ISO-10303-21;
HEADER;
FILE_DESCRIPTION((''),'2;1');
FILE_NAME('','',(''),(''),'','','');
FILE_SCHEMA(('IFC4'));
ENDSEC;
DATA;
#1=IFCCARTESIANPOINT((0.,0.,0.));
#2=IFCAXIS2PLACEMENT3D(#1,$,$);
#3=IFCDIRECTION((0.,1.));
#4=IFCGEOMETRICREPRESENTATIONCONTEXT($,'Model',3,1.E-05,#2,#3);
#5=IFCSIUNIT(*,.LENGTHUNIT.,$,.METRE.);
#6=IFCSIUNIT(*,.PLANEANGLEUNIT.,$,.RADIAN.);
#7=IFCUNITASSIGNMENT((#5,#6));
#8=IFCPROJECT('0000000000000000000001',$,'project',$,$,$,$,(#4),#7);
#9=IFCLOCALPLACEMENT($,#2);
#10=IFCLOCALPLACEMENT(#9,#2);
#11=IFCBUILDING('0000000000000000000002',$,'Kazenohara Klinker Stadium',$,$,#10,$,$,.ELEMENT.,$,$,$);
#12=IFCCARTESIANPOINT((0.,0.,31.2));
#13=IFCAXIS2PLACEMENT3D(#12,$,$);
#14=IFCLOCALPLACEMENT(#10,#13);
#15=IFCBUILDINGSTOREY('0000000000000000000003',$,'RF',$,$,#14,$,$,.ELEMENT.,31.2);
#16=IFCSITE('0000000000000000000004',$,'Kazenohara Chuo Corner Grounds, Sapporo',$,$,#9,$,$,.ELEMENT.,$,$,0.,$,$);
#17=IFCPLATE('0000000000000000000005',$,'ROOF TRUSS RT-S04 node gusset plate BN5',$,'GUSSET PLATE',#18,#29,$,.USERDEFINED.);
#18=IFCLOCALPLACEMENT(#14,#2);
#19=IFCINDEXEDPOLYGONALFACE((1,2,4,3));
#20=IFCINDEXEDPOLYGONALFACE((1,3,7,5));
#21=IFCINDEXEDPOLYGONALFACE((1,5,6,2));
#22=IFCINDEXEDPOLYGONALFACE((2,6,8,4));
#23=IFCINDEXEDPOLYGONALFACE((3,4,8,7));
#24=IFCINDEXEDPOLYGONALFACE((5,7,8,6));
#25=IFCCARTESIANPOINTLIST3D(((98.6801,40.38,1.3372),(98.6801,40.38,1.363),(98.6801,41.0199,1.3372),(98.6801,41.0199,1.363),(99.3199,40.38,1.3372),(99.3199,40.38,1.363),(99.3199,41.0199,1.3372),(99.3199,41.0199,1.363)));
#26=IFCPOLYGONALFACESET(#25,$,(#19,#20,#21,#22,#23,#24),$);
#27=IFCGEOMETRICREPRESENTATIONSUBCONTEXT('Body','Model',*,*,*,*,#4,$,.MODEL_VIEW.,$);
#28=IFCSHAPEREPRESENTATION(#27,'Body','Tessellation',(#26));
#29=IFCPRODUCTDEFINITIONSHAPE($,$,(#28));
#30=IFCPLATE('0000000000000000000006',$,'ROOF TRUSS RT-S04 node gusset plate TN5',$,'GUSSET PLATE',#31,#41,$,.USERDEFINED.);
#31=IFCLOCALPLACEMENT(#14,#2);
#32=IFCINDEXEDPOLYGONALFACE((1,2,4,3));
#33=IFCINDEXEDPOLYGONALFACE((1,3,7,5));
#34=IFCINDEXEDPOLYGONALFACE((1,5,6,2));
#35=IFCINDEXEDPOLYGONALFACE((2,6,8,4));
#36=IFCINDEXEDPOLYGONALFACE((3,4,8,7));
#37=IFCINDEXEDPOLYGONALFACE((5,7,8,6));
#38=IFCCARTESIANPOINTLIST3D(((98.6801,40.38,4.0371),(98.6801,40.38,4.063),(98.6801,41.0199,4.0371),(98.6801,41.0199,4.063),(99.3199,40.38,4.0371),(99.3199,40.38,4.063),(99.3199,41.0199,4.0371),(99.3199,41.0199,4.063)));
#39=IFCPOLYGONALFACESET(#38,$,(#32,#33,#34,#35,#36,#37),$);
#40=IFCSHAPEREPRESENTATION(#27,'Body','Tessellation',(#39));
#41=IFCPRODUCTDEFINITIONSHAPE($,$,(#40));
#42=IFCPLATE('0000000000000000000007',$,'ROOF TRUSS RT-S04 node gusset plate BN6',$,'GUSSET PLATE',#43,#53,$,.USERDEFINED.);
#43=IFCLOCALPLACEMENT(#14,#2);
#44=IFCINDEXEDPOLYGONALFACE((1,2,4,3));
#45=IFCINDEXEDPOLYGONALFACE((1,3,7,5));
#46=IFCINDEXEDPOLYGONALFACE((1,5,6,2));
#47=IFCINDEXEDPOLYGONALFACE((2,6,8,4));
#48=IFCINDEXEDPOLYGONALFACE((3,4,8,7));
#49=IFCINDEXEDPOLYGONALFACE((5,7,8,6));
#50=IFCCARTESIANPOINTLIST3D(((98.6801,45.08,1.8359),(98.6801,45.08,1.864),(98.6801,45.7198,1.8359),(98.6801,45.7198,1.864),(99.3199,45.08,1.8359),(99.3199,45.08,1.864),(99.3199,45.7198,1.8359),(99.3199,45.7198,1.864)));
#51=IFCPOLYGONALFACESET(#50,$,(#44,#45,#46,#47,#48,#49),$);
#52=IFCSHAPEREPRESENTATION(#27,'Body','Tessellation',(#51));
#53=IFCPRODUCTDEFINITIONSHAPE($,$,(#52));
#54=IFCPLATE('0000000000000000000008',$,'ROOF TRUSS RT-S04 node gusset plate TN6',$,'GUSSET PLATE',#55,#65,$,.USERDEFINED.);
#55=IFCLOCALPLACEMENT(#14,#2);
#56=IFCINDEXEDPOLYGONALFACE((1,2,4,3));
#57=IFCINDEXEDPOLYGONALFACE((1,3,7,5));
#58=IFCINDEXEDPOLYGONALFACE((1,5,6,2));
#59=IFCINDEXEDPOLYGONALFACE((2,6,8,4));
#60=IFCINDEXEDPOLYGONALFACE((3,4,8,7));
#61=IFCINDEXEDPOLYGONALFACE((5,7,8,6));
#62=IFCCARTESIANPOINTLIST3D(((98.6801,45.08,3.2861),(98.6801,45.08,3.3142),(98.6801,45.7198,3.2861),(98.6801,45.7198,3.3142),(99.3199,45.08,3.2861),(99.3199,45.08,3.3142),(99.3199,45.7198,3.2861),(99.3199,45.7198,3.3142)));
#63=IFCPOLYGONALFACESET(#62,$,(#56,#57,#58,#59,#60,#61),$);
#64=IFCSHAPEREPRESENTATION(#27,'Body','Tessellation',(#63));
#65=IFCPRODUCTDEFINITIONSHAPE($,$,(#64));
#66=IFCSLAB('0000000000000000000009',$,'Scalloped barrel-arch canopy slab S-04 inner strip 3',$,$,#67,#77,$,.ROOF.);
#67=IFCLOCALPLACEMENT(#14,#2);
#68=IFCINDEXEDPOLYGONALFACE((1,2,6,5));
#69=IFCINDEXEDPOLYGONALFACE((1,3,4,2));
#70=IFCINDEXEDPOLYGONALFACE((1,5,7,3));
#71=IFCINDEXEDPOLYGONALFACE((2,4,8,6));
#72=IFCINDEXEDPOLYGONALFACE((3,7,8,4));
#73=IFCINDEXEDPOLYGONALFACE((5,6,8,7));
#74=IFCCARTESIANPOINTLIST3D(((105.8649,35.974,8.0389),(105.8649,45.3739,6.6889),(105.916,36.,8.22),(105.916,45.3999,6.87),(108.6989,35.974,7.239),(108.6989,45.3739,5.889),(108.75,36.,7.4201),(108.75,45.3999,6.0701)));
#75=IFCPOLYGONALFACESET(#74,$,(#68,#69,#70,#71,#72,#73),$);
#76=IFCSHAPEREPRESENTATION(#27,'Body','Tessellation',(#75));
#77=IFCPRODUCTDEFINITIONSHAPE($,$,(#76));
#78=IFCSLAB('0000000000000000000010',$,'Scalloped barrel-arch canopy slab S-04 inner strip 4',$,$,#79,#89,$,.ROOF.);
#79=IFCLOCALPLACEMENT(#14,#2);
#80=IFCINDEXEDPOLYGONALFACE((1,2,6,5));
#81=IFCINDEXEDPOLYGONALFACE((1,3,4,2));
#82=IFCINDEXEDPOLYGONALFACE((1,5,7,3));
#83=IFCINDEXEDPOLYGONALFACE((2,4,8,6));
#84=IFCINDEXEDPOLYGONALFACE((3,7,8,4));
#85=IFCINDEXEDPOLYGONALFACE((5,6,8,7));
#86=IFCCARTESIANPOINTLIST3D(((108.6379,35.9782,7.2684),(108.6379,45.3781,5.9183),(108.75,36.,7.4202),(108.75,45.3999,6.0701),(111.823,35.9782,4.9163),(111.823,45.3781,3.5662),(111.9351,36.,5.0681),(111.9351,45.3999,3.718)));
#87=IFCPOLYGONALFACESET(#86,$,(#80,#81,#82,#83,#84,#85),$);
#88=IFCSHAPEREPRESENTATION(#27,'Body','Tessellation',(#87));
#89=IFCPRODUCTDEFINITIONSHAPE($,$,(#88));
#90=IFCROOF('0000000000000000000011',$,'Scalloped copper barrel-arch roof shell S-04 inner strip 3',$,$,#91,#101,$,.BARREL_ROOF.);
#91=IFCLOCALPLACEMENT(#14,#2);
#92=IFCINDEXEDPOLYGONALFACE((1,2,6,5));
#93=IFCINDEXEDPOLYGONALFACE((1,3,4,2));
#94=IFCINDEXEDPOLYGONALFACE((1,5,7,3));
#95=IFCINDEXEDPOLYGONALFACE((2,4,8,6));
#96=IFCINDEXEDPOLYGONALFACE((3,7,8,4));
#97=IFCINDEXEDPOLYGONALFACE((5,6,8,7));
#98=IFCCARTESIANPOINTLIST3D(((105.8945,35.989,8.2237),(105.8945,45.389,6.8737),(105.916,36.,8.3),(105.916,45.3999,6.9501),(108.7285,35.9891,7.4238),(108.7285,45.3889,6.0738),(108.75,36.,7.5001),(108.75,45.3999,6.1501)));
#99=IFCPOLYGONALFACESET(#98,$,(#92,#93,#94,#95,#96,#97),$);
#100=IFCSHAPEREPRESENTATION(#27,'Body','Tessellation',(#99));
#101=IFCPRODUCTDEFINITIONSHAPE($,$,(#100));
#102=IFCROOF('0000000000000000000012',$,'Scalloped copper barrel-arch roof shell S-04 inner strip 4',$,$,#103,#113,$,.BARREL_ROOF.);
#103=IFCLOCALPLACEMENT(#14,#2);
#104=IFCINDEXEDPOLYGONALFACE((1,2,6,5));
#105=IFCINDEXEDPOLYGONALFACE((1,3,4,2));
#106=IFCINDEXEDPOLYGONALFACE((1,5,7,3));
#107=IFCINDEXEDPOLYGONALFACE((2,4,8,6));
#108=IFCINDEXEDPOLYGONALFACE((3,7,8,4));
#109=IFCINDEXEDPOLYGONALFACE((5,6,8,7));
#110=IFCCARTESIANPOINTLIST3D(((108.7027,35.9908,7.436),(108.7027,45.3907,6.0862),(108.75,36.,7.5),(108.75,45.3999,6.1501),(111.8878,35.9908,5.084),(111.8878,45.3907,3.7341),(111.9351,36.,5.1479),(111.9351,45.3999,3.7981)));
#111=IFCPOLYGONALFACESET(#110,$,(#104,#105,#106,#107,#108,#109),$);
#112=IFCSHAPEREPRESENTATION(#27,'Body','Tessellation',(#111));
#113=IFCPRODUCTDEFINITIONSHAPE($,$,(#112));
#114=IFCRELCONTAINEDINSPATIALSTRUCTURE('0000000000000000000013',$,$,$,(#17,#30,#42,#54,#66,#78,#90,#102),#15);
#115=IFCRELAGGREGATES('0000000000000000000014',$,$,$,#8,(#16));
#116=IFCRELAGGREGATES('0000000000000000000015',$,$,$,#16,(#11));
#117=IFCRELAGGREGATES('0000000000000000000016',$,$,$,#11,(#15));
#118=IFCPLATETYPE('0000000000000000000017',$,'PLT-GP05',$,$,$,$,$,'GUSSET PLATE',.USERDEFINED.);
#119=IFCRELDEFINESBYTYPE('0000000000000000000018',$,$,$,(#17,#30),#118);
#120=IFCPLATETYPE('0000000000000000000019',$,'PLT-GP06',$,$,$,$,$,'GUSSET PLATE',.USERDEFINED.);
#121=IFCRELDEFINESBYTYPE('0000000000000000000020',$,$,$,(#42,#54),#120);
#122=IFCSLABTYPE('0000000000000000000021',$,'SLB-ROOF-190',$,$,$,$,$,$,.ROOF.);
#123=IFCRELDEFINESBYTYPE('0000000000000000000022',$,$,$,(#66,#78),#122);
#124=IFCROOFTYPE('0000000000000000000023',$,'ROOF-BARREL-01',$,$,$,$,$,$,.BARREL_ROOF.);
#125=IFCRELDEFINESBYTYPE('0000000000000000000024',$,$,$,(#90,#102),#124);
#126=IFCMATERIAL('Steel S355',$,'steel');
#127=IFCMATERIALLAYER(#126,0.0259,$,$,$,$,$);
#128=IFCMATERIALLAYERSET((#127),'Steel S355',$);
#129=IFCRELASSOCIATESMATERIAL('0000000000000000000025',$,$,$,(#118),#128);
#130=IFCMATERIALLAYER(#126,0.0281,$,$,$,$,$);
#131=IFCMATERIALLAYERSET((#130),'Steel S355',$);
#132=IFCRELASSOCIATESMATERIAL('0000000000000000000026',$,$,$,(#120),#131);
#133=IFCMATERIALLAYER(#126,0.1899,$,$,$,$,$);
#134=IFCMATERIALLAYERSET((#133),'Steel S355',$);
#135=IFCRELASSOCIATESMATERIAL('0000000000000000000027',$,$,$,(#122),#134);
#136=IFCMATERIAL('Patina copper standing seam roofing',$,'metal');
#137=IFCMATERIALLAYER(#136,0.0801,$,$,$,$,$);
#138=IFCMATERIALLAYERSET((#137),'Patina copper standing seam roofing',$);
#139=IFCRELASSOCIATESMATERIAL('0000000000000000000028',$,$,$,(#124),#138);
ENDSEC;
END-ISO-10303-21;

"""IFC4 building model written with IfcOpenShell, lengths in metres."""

from ifc_helpers import new_model, si_unit, direction, frame, origin, origin_2d, place, context, subcontext, project, spatial, polyline, rectangle, outline, extrude, material, layer, layer_set, type_object, element, save


model = new_model("IFC4")

# Units and contexts
model_context = context("Model", 3, precision=1e-05, world=origin(), true_north=direction((0.0, 1.0)))
body_context = subcontext(model_context, "Body", "Model", "MODEL_VIEW")
ifc_project = project(units=[si_unit("LENGTHUNIT", "METRE"), si_unit("PLANEANGLEUNIT", "RADIAN")], contexts=[model_context])

# Site, building, storey
site_placement = place(None, origin())
site = spatial("IfcSite", under=ifc_project, at=site_placement, Name="Kazenohara Chuo Corner Grounds, Sapporo", CompositionType="ELEMENT", RefElevation=0.0)
building_placement = place(site_placement, origin())
building = spatial("IfcBuilding", under=site, at=building_placement, Name="Kazenohara Klinker Stadium", CompositionType="ELEMENT")
storey_placement = place(building_placement, frame((0.0, 0.0, 31.2)))
storey = spatial("IfcBuildingStorey", under=building, at=storey_placement, Name="RF", CompositionType="ELEMENT", Elevation=31.2)

# Shared definitions
ifc_material_1 = material(Name="Steel S355", Category="steel")

# Plates
ifc_layer_1 = layer(ifc_material_1, 0.0259)
ifc_layer_set_1 = layer_set([ifc_layer_1], Name="Steel S355")
plate_type_1 = type_object("IfcPlateType", Name="PLT-GP05", ElementType="GUSSET PLATE", PredefinedType="USERDEFINED", material=ifc_layer_set_1)
for number, where, z_axis, x_axis, name in (
    (1, (99.0, 40.7, 1.3372), (0.0, 0.0, 1.0), (1.0, 0.0, 0.0), "ROOF TRUSS RT-S04 node gusset plate BN5"),
    (2, (99.0, 40.7, 4.0371), (0.0, 0.0, 1.0), (1.0, 0.0, 0.0), "ROOF TRUSS RT-S04 node gusset plate TN5"),
):
    element("IfcPlate", number, at=place(storey_placement, frame(where, z_axis=z_axis, x_axis=x_axis)), inside=storey, type_object=plate_type_1, Name=name, ObjectType="GUSSET PLATE", PredefinedType="USERDEFINED", context=body_context, shape_type="SweptSolid", body=[
        extrude(rectangle(XDim=0.6399, YDim=0.6399, at=origin_2d()), origin(), (0.0, 0.0, 1.0), 0.0259),
    ])
ifc_layer_2 = layer(ifc_material_1, 0.0281)
ifc_layer_set_2 = layer_set([ifc_layer_2], Name="Steel S355")
plate_type_2 = type_object("IfcPlateType", Name="PLT-GP06", ElementType="GUSSET PLATE", PredefinedType="USERDEFINED", material=ifc_layer_set_2)
for number, where, z_axis, x_axis, name in (
    (3, (99.0, 45.3999, 1.8359), (0.0, 0.0, 1.0), (1.0, 0.0, 0.0), "ROOF TRUSS RT-S04 node gusset plate BN6"),
    (4, (99.0, 45.3999, 3.2861), (0.0, 0.0, 1.0), (1.0, 0.0, 0.0), "ROOF TRUSS RT-S04 node gusset plate TN6"),
):
    element("IfcPlate", number, at=place(storey_placement, frame(where, z_axis=z_axis, x_axis=x_axis)), inside=storey, type_object=plate_type_2, Name=name, ObjectType="GUSSET PLATE", PredefinedType="USERDEFINED", context=body_context, shape_type="SweptSolid", body=[
        extrude(rectangle(XDim=0.6399, YDim=0.6399, at=origin_2d()), origin(), (0.0, 0.0, 1.0), 0.0281),
    ])

# Slabs
ifc_layer_3 = layer(ifc_material_1, 0.1899)
ifc_layer_set_3 = layer_set([ifc_layer_3], Name="Steel S355")
slab_type = type_object("IfcSlabType", Name="SLB-ROOF-190", PredefinedType="ROOF", material=ifc_layer_set_3)
slab_1_placement = place(storey_placement, frame((105.916, 36.0, 8.22), z_axis=(0.26909, 0.136914, 0.953334), x_axis=(-0.000003, 0.989844, -0.142156)))
element("IfcSlab", 5, at=slab_1_placement, inside=storey, type_object=slab_type, Name="Scalloped barrel-arch canopy slab S-04 inner strip 3", PredefinedType="ROOF", context=body_context, shape_type="SweptSolid", body=[
    extrude(outline(polyline([(0.0, 0.0), (9.4963, 0.0), (9.6101, -2.9426), (0.1137, -2.9425), (0.0, 0.0)])), origin(), (0.0, 0.0, -1.0), 0.1899),
])
slab_2_placement = place(storey_placement, frame((108.75, 36.0, 7.4202), z_axis=(0.590118, 0.114776, 0.799116), x_axis=(0.0, 0.989842, -0.14217)))
element("IfcSlab", 6, at=slab_2_placement, inside=storey, type_object=slab_type, Name="Scalloped barrel-arch canopy slab S-04 inner strip 4", PredefinedType="ROOF", context=body_context, shape_type="SweptSolid", body=[
    extrude(outline(polyline([(0.0, 0.0), (9.4964, 0.0), (9.8308, -3.9452), (0.3344, -3.9452), (0.0, 0.0)])), origin(), (0.0, 0.0, -1.0), 0.1899),
])

# Roofs
ifc_material_2 = material(Name="Patina copper standing seam roofing", Category="metal")
ifc_layer_4 = layer(ifc_material_2, 0.0801)
ifc_layer_set_4 = layer_set([ifc_layer_4], Name="Patina copper standing seam roofing")
roof_type = type_object("IfcRoofType", Name="ROOF-BARREL-01", PredefinedType="BARREL_ROOF", material=ifc_layer_set_4)
roof_1_placement = place(storey_placement, frame((105.916, 36.0, 8.3), z_axis=(0.26909, 0.136914, 0.953334), x_axis=(0.000003, 0.989844, -0.142158)))
element("IfcRoof", 7, at=roof_1_placement, inside=storey, type_object=roof_type, Name="Scalloped copper barrel-arch roof shell S-04 inner strip 3", PredefinedType="BARREL_ROOF", context=body_context, shape_type="SweptSolid", body=[
    extrude(outline(polyline([(0.0, 0.0), (9.4964, 0.0), (9.6101, -2.9425), (0.1137, -2.9426), (0.0, 0.0)])), origin(), (0.0, 0.0, -1.0), 0.0801),
])
roof_2_placement = place(storey_placement, frame((108.75, 36.0, 7.5), z_axis=(0.59012, 0.114756, 0.799118), x_axis=(0.0, 0.989846, -0.142145)))
element("IfcRoof", 8, at=roof_2_placement, inside=storey, type_object=roof_type, Name="Scalloped copper barrel-arch roof shell S-04 inner strip 4", PredefinedType="BARREL_ROOF", context=body_context, shape_type="SweptSolid", body=[
    extrude(outline(polyline([(0.0, 0.0), (9.4963, 0.0), (9.8307, -3.9452), (0.3343, -3.9452), (0.0, 0.0)])), origin(), (0.0, 0.0, -1.0), 0.0801),
])

save(model, "model.ifc")
